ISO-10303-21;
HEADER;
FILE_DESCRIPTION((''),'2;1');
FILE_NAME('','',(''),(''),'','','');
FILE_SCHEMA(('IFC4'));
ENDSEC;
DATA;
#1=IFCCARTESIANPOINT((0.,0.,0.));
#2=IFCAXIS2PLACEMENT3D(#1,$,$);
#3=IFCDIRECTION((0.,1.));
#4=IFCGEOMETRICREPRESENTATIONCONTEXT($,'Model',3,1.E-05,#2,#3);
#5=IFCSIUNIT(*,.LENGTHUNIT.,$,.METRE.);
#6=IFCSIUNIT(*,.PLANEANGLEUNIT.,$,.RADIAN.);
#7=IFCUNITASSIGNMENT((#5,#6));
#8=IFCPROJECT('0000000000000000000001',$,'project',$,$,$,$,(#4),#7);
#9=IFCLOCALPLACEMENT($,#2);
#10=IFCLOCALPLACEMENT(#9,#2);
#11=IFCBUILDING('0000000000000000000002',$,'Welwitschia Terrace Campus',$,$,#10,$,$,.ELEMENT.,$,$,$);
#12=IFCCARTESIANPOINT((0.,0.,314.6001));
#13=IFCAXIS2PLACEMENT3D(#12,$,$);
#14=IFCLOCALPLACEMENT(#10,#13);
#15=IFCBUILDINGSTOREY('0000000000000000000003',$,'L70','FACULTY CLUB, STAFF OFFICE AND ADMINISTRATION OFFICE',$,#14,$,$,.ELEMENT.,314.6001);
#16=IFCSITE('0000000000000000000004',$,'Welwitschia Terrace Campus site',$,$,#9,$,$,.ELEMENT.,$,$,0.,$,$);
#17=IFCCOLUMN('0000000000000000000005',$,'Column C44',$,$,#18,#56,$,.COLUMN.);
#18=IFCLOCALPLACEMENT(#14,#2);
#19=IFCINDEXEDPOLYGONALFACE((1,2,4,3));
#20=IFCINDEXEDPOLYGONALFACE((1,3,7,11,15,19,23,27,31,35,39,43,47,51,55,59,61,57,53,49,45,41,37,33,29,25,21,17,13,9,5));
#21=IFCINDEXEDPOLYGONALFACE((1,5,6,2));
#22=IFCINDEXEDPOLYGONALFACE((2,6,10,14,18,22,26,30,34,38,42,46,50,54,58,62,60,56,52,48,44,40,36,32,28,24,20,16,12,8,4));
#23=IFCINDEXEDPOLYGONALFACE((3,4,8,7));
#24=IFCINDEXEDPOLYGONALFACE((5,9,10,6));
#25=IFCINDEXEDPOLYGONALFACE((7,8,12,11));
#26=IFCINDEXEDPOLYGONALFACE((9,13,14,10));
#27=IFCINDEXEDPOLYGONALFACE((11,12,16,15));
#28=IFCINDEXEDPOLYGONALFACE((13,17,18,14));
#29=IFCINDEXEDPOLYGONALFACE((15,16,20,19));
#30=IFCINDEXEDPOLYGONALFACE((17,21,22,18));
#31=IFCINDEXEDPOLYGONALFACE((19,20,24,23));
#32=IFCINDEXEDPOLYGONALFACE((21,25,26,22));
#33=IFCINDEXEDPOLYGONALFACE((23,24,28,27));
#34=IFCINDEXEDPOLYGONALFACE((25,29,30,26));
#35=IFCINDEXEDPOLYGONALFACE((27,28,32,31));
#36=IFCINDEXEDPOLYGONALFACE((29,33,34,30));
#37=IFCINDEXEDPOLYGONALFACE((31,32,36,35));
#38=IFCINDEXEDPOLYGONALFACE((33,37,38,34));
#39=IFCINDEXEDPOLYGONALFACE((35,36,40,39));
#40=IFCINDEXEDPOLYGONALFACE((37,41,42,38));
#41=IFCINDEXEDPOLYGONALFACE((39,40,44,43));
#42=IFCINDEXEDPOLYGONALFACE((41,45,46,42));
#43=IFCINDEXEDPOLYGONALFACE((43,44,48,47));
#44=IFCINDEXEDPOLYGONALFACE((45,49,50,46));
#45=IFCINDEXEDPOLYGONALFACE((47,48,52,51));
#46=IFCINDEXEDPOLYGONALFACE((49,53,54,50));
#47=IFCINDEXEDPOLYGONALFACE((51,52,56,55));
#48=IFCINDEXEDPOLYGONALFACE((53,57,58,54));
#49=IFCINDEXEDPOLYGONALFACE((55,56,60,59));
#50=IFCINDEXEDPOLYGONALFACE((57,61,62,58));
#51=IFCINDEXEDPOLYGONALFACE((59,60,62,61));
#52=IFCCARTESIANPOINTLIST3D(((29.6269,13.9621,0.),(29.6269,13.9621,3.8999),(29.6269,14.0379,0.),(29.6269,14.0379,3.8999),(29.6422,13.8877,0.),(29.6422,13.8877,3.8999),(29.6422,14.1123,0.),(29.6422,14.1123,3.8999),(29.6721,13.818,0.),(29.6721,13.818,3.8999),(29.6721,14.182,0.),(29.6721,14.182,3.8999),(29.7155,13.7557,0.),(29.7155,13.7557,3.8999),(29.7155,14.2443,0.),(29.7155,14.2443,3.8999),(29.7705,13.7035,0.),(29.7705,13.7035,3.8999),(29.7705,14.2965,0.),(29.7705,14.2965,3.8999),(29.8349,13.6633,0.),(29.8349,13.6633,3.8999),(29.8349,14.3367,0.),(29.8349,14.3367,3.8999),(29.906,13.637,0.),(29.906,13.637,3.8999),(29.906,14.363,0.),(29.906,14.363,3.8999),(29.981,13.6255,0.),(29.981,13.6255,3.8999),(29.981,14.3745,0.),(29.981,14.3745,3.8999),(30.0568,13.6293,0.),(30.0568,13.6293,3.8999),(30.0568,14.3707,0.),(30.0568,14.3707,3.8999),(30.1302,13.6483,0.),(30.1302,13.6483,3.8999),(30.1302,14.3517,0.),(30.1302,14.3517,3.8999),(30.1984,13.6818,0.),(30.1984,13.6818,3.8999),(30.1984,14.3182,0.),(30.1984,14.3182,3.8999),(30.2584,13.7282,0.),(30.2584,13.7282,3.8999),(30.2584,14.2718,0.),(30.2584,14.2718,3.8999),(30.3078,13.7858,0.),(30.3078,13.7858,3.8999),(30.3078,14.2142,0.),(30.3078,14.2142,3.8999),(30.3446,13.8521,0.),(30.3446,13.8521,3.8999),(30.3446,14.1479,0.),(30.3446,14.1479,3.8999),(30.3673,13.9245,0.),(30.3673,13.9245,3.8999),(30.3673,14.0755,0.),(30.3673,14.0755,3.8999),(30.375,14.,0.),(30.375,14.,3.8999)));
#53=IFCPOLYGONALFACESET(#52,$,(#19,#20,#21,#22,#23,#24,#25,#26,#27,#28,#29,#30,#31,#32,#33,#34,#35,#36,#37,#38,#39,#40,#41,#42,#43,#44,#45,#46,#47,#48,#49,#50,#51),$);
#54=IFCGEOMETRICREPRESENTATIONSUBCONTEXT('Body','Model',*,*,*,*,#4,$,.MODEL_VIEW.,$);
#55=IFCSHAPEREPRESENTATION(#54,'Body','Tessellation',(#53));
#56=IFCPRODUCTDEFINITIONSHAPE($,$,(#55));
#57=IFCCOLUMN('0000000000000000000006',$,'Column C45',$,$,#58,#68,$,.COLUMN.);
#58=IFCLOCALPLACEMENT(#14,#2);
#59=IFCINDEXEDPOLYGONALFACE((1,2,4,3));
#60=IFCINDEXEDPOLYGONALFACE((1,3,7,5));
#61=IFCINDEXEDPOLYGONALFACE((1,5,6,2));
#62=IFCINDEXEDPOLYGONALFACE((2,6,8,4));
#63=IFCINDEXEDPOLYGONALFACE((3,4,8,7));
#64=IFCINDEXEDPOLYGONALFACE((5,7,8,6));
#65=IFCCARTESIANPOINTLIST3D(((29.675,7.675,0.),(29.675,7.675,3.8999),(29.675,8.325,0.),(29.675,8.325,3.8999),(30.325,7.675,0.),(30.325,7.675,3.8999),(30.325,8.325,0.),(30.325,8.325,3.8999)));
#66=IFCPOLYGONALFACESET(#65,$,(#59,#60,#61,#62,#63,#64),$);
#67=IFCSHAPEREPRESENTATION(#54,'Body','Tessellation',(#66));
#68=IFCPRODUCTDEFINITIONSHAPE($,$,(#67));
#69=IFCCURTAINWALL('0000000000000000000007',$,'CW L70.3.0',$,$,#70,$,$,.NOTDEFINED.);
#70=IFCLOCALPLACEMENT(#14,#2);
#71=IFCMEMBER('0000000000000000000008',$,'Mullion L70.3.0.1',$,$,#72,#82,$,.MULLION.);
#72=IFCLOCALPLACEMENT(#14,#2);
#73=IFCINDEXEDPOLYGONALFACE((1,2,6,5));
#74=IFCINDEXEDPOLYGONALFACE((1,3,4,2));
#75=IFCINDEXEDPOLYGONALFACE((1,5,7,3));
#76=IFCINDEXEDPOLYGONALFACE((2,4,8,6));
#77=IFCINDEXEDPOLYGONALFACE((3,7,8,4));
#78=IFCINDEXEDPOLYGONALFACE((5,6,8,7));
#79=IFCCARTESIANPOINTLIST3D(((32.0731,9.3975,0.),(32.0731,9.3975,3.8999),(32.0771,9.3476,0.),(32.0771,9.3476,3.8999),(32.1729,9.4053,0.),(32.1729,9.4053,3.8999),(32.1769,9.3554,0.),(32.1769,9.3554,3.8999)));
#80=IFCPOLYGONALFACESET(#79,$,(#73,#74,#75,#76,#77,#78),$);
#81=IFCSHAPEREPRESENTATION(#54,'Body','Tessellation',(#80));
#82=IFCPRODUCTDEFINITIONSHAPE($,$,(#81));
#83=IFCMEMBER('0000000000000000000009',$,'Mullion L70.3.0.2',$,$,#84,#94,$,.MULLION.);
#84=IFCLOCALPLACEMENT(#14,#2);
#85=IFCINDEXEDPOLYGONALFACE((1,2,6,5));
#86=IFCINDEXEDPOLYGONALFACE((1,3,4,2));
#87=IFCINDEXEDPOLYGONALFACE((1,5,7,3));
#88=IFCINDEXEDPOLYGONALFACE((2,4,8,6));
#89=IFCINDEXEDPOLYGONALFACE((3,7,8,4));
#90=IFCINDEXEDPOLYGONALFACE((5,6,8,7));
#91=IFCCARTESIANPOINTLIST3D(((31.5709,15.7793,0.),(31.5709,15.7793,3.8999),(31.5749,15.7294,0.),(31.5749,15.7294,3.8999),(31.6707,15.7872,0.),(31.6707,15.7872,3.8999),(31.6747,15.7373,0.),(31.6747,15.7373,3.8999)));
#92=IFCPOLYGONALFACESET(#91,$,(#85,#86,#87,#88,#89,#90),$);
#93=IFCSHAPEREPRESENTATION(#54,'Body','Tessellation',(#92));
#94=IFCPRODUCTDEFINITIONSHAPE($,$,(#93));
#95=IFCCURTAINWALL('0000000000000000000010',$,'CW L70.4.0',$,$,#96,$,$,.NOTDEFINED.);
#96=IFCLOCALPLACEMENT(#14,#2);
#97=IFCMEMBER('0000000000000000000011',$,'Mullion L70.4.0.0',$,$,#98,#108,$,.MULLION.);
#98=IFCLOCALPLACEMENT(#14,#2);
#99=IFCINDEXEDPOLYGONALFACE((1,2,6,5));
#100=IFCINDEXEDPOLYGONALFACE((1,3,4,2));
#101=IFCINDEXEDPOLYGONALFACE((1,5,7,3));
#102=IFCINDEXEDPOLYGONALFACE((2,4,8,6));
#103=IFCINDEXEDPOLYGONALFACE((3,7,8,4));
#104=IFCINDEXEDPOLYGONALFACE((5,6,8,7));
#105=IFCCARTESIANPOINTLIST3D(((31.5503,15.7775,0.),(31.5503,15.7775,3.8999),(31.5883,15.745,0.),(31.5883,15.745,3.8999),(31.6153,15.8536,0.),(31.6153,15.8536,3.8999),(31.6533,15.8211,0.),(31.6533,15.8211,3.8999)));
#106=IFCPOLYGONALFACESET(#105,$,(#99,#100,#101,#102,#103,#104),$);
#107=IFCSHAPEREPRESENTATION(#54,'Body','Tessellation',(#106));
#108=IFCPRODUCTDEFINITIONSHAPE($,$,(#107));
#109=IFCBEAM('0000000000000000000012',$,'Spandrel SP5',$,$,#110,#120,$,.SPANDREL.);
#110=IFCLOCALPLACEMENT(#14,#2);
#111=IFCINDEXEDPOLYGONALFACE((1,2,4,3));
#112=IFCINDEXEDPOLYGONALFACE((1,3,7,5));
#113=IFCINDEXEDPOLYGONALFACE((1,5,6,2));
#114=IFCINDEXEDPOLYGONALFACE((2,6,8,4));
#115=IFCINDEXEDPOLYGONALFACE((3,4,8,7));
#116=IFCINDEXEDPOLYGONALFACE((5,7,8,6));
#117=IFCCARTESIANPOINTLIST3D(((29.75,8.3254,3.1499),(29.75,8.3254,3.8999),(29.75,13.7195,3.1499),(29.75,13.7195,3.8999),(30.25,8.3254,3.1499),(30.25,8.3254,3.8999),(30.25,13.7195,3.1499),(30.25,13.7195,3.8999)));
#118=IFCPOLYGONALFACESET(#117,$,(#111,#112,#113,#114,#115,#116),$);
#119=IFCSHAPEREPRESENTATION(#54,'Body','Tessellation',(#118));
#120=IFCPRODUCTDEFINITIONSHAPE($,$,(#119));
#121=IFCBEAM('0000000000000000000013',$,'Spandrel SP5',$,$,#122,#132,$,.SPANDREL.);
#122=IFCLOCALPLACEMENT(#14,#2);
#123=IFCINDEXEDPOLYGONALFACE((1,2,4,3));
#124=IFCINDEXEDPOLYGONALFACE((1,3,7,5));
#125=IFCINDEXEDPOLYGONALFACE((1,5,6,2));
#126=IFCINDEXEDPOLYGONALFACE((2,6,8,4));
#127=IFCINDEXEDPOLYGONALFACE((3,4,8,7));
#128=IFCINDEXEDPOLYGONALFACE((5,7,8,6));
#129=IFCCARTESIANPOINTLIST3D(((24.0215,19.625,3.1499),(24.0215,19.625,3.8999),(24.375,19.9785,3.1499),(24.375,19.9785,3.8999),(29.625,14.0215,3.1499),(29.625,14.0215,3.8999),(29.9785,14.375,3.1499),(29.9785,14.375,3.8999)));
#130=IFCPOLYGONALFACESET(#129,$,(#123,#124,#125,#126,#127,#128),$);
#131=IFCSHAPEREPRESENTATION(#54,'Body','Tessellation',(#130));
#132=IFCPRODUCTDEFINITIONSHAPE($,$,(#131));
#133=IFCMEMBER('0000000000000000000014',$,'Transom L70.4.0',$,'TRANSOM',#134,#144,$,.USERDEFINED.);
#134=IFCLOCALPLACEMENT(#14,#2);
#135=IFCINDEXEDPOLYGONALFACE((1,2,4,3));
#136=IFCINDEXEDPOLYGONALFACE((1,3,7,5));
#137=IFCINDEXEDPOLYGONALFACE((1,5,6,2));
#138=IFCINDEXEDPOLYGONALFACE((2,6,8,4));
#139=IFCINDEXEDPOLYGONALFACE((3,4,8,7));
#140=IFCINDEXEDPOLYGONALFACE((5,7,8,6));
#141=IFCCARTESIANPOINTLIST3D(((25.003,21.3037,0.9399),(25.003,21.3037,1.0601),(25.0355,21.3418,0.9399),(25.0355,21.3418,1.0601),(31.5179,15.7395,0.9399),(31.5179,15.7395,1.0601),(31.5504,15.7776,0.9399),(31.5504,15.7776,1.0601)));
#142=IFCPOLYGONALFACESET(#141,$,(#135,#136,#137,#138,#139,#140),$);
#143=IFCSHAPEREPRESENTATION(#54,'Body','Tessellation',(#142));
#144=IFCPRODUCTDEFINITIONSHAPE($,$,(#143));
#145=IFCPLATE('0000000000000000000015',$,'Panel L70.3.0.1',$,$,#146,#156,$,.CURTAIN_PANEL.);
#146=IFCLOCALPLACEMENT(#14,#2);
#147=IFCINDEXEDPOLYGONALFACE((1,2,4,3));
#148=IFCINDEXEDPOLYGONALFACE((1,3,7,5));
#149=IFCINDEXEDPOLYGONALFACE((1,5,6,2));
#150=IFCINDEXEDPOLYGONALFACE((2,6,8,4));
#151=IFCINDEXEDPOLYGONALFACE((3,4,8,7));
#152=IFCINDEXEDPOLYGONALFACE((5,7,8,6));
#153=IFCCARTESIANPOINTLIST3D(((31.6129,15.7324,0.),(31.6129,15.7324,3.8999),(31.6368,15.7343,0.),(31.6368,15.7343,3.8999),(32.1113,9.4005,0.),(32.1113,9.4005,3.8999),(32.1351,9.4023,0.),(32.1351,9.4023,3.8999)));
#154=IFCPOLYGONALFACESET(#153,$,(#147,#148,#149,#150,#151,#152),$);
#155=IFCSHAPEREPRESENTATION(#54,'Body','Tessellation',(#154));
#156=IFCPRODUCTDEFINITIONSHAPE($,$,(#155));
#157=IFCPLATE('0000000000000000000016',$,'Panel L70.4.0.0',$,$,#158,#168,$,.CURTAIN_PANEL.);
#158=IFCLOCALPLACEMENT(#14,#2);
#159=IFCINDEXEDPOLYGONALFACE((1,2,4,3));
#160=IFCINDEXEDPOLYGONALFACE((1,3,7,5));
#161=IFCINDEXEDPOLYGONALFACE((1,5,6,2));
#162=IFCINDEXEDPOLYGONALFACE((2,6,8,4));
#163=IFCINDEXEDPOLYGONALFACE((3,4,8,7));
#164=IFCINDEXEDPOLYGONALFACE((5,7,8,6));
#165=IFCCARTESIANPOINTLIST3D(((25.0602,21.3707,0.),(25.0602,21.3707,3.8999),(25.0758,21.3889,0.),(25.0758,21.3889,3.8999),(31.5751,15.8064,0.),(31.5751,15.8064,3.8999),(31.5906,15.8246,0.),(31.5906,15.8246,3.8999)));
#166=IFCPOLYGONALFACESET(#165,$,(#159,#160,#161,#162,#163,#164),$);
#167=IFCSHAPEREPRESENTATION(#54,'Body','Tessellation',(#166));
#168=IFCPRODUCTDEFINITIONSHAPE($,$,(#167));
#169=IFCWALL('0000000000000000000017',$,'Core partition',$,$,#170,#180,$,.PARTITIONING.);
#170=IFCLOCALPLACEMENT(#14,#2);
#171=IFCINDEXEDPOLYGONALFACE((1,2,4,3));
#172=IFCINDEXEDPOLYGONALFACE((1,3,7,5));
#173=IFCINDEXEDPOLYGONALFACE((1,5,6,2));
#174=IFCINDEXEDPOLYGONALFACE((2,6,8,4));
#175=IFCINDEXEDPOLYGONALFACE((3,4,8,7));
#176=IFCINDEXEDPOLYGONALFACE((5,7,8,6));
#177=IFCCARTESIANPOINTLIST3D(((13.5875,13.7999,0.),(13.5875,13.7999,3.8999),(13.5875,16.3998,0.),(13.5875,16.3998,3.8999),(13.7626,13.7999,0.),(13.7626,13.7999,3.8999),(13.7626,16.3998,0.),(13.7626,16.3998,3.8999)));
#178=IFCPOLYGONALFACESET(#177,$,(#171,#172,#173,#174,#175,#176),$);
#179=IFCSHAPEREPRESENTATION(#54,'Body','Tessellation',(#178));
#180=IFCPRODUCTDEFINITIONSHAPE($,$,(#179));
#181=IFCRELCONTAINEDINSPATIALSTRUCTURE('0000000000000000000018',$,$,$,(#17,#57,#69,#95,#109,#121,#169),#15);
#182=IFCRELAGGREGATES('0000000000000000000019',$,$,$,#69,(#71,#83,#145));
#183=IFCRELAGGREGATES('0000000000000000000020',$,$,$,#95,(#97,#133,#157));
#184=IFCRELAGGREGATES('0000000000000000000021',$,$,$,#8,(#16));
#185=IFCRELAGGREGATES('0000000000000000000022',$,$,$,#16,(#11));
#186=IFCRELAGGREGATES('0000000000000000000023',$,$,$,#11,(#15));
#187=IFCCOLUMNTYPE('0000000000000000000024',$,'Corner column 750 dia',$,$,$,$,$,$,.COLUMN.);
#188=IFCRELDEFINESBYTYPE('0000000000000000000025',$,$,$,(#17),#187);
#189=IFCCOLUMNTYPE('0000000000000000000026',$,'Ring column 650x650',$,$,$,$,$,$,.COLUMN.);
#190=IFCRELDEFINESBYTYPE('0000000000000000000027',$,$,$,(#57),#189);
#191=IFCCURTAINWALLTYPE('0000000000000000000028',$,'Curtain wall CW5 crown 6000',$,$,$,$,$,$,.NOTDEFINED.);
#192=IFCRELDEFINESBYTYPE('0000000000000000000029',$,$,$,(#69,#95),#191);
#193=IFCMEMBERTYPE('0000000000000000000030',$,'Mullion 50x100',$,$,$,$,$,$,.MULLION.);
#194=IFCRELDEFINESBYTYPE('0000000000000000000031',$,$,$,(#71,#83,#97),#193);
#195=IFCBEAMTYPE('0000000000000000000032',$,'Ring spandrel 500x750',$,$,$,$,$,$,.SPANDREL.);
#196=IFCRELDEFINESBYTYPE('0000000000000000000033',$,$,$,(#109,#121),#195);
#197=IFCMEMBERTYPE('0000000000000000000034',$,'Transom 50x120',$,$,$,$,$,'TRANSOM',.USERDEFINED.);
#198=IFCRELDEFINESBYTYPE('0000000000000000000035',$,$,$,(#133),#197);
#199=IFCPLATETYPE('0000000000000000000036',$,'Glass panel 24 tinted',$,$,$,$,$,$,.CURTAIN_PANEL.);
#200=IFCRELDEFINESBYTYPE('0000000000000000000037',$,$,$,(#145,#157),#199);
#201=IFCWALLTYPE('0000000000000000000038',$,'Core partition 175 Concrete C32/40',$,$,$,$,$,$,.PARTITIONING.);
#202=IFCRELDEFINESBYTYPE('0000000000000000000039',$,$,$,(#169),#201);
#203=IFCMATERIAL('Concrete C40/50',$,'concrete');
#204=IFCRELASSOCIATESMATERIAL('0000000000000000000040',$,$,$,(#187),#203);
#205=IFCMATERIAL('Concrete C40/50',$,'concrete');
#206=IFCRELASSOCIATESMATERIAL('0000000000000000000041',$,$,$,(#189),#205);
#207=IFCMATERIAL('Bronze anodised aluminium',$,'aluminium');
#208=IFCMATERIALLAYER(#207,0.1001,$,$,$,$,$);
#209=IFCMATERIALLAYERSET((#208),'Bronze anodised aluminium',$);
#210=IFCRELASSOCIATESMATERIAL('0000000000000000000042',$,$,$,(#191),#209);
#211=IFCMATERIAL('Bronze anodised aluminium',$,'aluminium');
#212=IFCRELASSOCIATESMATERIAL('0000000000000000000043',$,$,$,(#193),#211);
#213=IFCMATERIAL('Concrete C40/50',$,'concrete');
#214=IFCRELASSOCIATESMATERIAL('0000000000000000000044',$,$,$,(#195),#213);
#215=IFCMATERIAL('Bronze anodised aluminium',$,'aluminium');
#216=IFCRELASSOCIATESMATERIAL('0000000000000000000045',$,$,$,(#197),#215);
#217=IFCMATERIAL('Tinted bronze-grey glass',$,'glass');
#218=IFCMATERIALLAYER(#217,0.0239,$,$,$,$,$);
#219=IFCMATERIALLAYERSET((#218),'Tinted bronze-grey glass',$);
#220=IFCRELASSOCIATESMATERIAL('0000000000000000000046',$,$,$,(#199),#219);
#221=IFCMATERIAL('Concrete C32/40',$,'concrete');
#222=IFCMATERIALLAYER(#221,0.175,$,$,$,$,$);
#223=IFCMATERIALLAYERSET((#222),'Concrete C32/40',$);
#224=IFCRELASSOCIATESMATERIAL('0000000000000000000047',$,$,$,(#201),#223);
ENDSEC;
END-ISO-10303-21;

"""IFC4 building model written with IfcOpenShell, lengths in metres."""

from ifc_helpers import new_model, si_unit, direction, frame, frame_2d, origin, origin_2d, place, context, subcontext, project, spatial, rectangle, circle, extrude, material, layer, layer_set, material_profile, profile_set, type_object, element, aggregate, save


model = new_model("IFC4")

# Units and contexts
model_context = context("Model", 3, precision=1e-05, world=origin(), true_north=direction((0.0, 1.0)))
body_context = subcontext(model_context, "Body", "Model", "MODEL_VIEW")
ifc_project = project(units=[si_unit("LENGTHUNIT", "METRE"), si_unit("PLANEANGLEUNIT", "RADIAN")], contexts=[model_context])

# Site, building, storey
site_placement = place(None, origin())
site = spatial("IfcSite", under=ifc_project, at=site_placement, Name="Welwitschia Terrace Campus site", CompositionType="ELEMENT", RefElevation=0.0)
building_placement = place(site_placement, origin())
building = spatial("IfcBuilding", under=site, at=building_placement, Name="Welwitschia Terrace Campus", CompositionType="ELEMENT")
storey_placement = place(building_placement, frame((0.0, 0.0, 314.6001)))
storey = spatial("IfcBuildingStorey", under=building, at=storey_placement, Name="L70", Description="FACULTY CLUB, STAFF OFFICE AND ADMINISTRATION OFFICE", CompositionType="ELEMENT", Elevation=314.6001)

# Columns
ifc_material_1 = material(Name="Concrete C40/50", Category="concrete")
ifc_material_profile_1 = material_profile(ifc_material_1, circle(Radius=0.375, at=origin_2d()))
ifc_profile_set_1 = profile_set([ifc_material_profile_1], Name="Concrete C40/50")
column_type_1 = type_object("IfcColumnType", Name="Corner column 750 dia", PredefinedType="COLUMN", material=ifc_profile_set_1)
column_1_placement = place(storey_placement, frame((30.0, 14.0, 0.0), z_axis=(0.0, 0.0, 1.0), x_axis=(1.0, 0.0, 0.0)))
element("IfcColumn", 1, at=column_1_placement, inside=storey, type_object=column_type_1, Name="Column C44", PredefinedType="COLUMN", context=body_context, shape_type="SweptSolid", body=[
    extrude(circle(Radius=0.375, at=origin_2d()), origin(), (0.0, 0.0, 1.0), 3.8999),
])
ifc_material_2 = material(Name="Concrete C40/50", Category="concrete")
ifc_material_profile_2 = material_profile(ifc_material_2, rectangle(XDim=0.6499, YDim=0.6499, at=origin_2d()))
ifc_profile_set_2 = profile_set([ifc_material_profile_2], Name="Concrete C40/50")
column_type_2 = type_object("IfcColumnType", Name="Ring column 650x650", PredefinedType="COLUMN", material=ifc_profile_set_2)
column_2_placement = place(storey_placement, frame((30.0, 8.0, 0.0), z_axis=(0.0, 0.0, 1.0), x_axis=(1.0, 0.0, 0.0)))
element("IfcColumn", 2, at=column_2_placement, inside=storey, type_object=column_type_2, Name="Column C45", PredefinedType="COLUMN", context=body_context, shape_type="SweptSolid", body=[
    extrude(rectangle(XDim=0.6499, YDim=0.6499, at=origin_2d()), origin(), (0.0, 0.0, 1.0), 3.8999),
])

# Curtain wall, members
ifc_material_3 = material(Name="Bronze anodised aluminium", Category="aluminium")
ifc_layer_1 = layer(ifc_material_3, 0.1001)
ifc_layer_set_1 = layer_set([ifc_layer_1], Name="Bronze anodised aluminium")
curtain_wall_type = type_object("IfcCurtainWallType", Name="Curtain wall CW5 crown 6000", PredefinedType="NOTDEFINED", material=ifc_layer_set_1)
curtain_wall_1_placement = place(storey_placement, origin())
curtain_wall_1 = element("IfcCurtainWall", 3, at=curtain_wall_1_placement, inside=storey, type_object=curtain_wall_type, Name="CW L70.3.0", PredefinedType="NOTDEFINED")
ifc_material_4 = material(Name="Bronze anodised aluminium", Category="aluminium")
ifc_material_profile_3 = material_profile(ifc_material_4, rectangle(XDim=0.1001, YDim=0.05, at=origin_2d()))
ifc_profile_set_3 = profile_set([ifc_material_profile_3], Name="Bronze anodised aluminium")
member_type_1 = type_object("IfcMemberType", Name="Mullion 50x100", PredefinedType="MULLION", material=ifc_profile_set_3)
member_1_placement = place(storey_placement, frame((32.125, 9.3765, 0.0), z_axis=(0.0, 0.0, 1.0), x_axis=(-0.996917, -0.078459, 0.0)))
member_1 = element("IfcMember", 4, at=member_1_placement, type_object=member_type_1, Name="Mullion L70.3.0.1", PredefinedType="MULLION", context=body_context, shape_type="SweptSolid", body=[
    extrude(rectangle(XDim=0.1001, YDim=0.05, at=origin_2d()), origin(), (0.0, 0.0, 1.0), 3.8999),
])
member_2_placement = place(storey_placement, frame((31.6228, 15.7583, 0.0), z_axis=(0.0, 0.0, 1.0), x_axis=(-0.996917, -0.078459, 0.0)))
member_2 = element("IfcMember", 5, at=member_2_placement, type_object=member_type_1, Name="Mullion L70.3.0.2", PredefinedType="MULLION", context=body_context, shape_type="SweptSolid", body=[
    extrude(rectangle(XDim=0.1001, YDim=0.05, at=origin_2d()), origin(), (0.0, 0.0, 1.0), 3.8999),
])

# Curtain wall, member
curtain_wall_2_placement = place(storey_placement, origin())
curtain_wall_2 = element("IfcCurtainWall", 6, at=curtain_wall_2_placement, inside=storey, type_object=curtain_wall_type, Name="CW L70.4.0", PredefinedType="NOTDEFINED")
member_3_placement = place(storey_placement, frame((31.6018, 15.7993, 0.0), z_axis=(0.0, 0.0, 1.0), x_axis=(-0.649448, -0.760406, 0.0)))
member_3 = element("IfcMember", 7, at=member_3_placement, type_object=member_type_1, Name="Mullion L70.4.0.0", PredefinedType="MULLION", context=body_context, shape_type="SweptSolid", body=[
    extrude(rectangle(XDim=0.1001, YDim=0.05, at=origin_2d()), origin(), (0.0, 0.0, 1.0), 3.8999),
])

# Beams
ifc_material_5 = material(Name="Concrete C40/50", Category="concrete")
ifc_material_profile_4 = material_profile(ifc_material_5, rectangle(XDim=0.5, YDim=0.75, at=origin_2d()))
ifc_profile_set_4 = profile_set([ifc_material_profile_4], Name="Concrete C40/50")
beam_type = type_object("IfcBeamType", Name="Ring spandrel 500x750", PredefinedType="SPANDREL", material=ifc_profile_set_4)
beam_1_placement = place(storey_placement, frame((30.0, 8.3254, 3.5249), z_axis=(0.0, 1.0, 0.0), x_axis=(-1.0, 0.0, 0.0)))
element("IfcBeam", 8, at=beam_1_placement, inside=storey, type_object=beam_type, Name="Spandrel SP5", PredefinedType="SPANDREL", context=body_context, shape_type="SweptSolid", body=[
    extrude(rectangle(XDim=0.5, YDim=0.75, at=origin_2d()), origin(), (0.0, 0.0, 1.0), 5.394),
])
beam_2_placement = place(storey_placement, frame((29.8018, 14.1982, 3.5249), z_axis=(-0.707107, 0.707107, 0.0), x_axis=(-0.707107, -0.707107, 0.0)))
element("IfcBeam", 9, at=beam_2_placement, inside=storey, type_object=beam_type, Name="Spandrel SP5", PredefinedType="SPANDREL", context=body_context, shape_type="SweptSolid", body=[
    extrude(rectangle(XDim=0.5, YDim=0.75, at=origin_2d()), origin(), (0.0, 0.0, 1.0), 7.9246),
])

# Member
ifc_material_6 = material(Name="Bronze anodised aluminium", Category="aluminium")
ifc_material_profile_5 = material_profile(ifc_material_6, rectangle(XDim=0.05, YDim=0.1201, at=origin_2d()))
ifc_profile_set_5 = profile_set([ifc_material_profile_5], Name="Bronze anodised aluminium")
member_type_2 = type_object("IfcMemberType", Name="Transom 50x120", ElementType="TRANSOM", PredefinedType="USERDEFINED", material=ifc_profile_set_5)
member_4_placement = place(storey_placement, frame((31.5342, 15.7585, 1.0), z_axis=(-0.760408, 0.649446, 0.0), x_axis=(-0.649446, -0.760408, 0.0)))
member_4 = element("IfcMember", 10, at=member_4_placement, type_object=member_type_2, Name="Transom L70.4.0", ObjectType="TRANSOM", PredefinedType="USERDEFINED", context=body_context, shape_type="SweptSolid", body=[
    extrude(rectangle(XDim=0.05, YDim=0.1201, at=origin_2d()), origin(), (0.0, 0.0, 1.0), 8.5676),
])

# Plates
ifc_material_7 = material(Name="Tinted bronze-grey glass", Category="glass")
ifc_layer_2 = layer(ifc_material_7, 0.0239)
ifc_layer_set_2 = layer_set([ifc_layer_2], Name="Tinted bronze-grey glass")
plate_type = type_object("IfcPlateType", Name="Glass panel 24 tinted", PredefinedType="CURTAIN_PANEL", material=ifc_layer_set_2)
plate_1_placement = place(storey_placement, frame((31.874, 12.5674, 0.0), z_axis=(0.0, 0.0, 1.0), x_axis=(-0.078459, 0.996917, 0.0)))
plate_1 = element("IfcPlate", 11, at=plate_1_placement, type_object=plate_type, Name="Panel L70.3.0.1", PredefinedType="CURTAIN_PANEL", context=body_context, shape_type="SweptSolid", body=[
    extrude(rectangle(XDim=6.3516, YDim=0.0239, at=origin_2d()), origin(), (0.0, 0.0, 1.0), 3.8999),
])
aggregate(curtain_wall_1, [member_1, member_2, plate_1])
plate_2_placement = place(storey_placement, frame((28.3254, 18.5977, 0.0), z_axis=(0.0, 0.0, 1.0), x_axis=(-0.760406, 0.649448, 0.0)))
plate_2 = element("IfcPlate", 12, at=plate_2_placement, type_object=plate_type, Name="Panel L70.4.0.0", PredefinedType="CURTAIN_PANEL", context=body_context, shape_type="SweptSolid", body=[
    extrude(rectangle(XDim=8.5676, YDim=0.0239, at=origin_2d()), origin(), (0.0, 0.0, 1.0), 3.8999),
])
aggregate(curtain_wall_2, [member_3, member_4, plate_2])

# Wall
ifc_material_8 = material(Name="Concrete C32/40", Category="concrete")
ifc_layer_3 = layer(ifc_material_8, 0.175)
ifc_layer_set_3 = layer_set([ifc_layer_3], Name="Concrete C32/40")
wall_type_1 = type_object("IfcWallType", Name="Core partition 175 Concrete C32/40", PredefinedType="PARTITIONING", material=ifc_layer_set_3)
for number, where, z_axis, x_axis, name in (
    (13, (13.675, 13.8, 0.0), (0.0, 0.0, 1.0), (0.0, 1.0, 0.0), "Core partition"),
):
    element("IfcWall", number, at=place(storey_placement, frame(where, z_axis=z_axis, x_axis=x_axis)), inside=storey, type_object=wall_type_1, Name=name, PredefinedType="PARTITIONING", context=body_context, shape_type="SweptSolid", body=[
        extrude(rectangle(XDim=2.5999, YDim=0.175, at=frame_2d((1.2998, 0.0))), origin(), (0.0, 0.0, 1.0), 3.8999),
    ])

save(model, "model.ifc")
